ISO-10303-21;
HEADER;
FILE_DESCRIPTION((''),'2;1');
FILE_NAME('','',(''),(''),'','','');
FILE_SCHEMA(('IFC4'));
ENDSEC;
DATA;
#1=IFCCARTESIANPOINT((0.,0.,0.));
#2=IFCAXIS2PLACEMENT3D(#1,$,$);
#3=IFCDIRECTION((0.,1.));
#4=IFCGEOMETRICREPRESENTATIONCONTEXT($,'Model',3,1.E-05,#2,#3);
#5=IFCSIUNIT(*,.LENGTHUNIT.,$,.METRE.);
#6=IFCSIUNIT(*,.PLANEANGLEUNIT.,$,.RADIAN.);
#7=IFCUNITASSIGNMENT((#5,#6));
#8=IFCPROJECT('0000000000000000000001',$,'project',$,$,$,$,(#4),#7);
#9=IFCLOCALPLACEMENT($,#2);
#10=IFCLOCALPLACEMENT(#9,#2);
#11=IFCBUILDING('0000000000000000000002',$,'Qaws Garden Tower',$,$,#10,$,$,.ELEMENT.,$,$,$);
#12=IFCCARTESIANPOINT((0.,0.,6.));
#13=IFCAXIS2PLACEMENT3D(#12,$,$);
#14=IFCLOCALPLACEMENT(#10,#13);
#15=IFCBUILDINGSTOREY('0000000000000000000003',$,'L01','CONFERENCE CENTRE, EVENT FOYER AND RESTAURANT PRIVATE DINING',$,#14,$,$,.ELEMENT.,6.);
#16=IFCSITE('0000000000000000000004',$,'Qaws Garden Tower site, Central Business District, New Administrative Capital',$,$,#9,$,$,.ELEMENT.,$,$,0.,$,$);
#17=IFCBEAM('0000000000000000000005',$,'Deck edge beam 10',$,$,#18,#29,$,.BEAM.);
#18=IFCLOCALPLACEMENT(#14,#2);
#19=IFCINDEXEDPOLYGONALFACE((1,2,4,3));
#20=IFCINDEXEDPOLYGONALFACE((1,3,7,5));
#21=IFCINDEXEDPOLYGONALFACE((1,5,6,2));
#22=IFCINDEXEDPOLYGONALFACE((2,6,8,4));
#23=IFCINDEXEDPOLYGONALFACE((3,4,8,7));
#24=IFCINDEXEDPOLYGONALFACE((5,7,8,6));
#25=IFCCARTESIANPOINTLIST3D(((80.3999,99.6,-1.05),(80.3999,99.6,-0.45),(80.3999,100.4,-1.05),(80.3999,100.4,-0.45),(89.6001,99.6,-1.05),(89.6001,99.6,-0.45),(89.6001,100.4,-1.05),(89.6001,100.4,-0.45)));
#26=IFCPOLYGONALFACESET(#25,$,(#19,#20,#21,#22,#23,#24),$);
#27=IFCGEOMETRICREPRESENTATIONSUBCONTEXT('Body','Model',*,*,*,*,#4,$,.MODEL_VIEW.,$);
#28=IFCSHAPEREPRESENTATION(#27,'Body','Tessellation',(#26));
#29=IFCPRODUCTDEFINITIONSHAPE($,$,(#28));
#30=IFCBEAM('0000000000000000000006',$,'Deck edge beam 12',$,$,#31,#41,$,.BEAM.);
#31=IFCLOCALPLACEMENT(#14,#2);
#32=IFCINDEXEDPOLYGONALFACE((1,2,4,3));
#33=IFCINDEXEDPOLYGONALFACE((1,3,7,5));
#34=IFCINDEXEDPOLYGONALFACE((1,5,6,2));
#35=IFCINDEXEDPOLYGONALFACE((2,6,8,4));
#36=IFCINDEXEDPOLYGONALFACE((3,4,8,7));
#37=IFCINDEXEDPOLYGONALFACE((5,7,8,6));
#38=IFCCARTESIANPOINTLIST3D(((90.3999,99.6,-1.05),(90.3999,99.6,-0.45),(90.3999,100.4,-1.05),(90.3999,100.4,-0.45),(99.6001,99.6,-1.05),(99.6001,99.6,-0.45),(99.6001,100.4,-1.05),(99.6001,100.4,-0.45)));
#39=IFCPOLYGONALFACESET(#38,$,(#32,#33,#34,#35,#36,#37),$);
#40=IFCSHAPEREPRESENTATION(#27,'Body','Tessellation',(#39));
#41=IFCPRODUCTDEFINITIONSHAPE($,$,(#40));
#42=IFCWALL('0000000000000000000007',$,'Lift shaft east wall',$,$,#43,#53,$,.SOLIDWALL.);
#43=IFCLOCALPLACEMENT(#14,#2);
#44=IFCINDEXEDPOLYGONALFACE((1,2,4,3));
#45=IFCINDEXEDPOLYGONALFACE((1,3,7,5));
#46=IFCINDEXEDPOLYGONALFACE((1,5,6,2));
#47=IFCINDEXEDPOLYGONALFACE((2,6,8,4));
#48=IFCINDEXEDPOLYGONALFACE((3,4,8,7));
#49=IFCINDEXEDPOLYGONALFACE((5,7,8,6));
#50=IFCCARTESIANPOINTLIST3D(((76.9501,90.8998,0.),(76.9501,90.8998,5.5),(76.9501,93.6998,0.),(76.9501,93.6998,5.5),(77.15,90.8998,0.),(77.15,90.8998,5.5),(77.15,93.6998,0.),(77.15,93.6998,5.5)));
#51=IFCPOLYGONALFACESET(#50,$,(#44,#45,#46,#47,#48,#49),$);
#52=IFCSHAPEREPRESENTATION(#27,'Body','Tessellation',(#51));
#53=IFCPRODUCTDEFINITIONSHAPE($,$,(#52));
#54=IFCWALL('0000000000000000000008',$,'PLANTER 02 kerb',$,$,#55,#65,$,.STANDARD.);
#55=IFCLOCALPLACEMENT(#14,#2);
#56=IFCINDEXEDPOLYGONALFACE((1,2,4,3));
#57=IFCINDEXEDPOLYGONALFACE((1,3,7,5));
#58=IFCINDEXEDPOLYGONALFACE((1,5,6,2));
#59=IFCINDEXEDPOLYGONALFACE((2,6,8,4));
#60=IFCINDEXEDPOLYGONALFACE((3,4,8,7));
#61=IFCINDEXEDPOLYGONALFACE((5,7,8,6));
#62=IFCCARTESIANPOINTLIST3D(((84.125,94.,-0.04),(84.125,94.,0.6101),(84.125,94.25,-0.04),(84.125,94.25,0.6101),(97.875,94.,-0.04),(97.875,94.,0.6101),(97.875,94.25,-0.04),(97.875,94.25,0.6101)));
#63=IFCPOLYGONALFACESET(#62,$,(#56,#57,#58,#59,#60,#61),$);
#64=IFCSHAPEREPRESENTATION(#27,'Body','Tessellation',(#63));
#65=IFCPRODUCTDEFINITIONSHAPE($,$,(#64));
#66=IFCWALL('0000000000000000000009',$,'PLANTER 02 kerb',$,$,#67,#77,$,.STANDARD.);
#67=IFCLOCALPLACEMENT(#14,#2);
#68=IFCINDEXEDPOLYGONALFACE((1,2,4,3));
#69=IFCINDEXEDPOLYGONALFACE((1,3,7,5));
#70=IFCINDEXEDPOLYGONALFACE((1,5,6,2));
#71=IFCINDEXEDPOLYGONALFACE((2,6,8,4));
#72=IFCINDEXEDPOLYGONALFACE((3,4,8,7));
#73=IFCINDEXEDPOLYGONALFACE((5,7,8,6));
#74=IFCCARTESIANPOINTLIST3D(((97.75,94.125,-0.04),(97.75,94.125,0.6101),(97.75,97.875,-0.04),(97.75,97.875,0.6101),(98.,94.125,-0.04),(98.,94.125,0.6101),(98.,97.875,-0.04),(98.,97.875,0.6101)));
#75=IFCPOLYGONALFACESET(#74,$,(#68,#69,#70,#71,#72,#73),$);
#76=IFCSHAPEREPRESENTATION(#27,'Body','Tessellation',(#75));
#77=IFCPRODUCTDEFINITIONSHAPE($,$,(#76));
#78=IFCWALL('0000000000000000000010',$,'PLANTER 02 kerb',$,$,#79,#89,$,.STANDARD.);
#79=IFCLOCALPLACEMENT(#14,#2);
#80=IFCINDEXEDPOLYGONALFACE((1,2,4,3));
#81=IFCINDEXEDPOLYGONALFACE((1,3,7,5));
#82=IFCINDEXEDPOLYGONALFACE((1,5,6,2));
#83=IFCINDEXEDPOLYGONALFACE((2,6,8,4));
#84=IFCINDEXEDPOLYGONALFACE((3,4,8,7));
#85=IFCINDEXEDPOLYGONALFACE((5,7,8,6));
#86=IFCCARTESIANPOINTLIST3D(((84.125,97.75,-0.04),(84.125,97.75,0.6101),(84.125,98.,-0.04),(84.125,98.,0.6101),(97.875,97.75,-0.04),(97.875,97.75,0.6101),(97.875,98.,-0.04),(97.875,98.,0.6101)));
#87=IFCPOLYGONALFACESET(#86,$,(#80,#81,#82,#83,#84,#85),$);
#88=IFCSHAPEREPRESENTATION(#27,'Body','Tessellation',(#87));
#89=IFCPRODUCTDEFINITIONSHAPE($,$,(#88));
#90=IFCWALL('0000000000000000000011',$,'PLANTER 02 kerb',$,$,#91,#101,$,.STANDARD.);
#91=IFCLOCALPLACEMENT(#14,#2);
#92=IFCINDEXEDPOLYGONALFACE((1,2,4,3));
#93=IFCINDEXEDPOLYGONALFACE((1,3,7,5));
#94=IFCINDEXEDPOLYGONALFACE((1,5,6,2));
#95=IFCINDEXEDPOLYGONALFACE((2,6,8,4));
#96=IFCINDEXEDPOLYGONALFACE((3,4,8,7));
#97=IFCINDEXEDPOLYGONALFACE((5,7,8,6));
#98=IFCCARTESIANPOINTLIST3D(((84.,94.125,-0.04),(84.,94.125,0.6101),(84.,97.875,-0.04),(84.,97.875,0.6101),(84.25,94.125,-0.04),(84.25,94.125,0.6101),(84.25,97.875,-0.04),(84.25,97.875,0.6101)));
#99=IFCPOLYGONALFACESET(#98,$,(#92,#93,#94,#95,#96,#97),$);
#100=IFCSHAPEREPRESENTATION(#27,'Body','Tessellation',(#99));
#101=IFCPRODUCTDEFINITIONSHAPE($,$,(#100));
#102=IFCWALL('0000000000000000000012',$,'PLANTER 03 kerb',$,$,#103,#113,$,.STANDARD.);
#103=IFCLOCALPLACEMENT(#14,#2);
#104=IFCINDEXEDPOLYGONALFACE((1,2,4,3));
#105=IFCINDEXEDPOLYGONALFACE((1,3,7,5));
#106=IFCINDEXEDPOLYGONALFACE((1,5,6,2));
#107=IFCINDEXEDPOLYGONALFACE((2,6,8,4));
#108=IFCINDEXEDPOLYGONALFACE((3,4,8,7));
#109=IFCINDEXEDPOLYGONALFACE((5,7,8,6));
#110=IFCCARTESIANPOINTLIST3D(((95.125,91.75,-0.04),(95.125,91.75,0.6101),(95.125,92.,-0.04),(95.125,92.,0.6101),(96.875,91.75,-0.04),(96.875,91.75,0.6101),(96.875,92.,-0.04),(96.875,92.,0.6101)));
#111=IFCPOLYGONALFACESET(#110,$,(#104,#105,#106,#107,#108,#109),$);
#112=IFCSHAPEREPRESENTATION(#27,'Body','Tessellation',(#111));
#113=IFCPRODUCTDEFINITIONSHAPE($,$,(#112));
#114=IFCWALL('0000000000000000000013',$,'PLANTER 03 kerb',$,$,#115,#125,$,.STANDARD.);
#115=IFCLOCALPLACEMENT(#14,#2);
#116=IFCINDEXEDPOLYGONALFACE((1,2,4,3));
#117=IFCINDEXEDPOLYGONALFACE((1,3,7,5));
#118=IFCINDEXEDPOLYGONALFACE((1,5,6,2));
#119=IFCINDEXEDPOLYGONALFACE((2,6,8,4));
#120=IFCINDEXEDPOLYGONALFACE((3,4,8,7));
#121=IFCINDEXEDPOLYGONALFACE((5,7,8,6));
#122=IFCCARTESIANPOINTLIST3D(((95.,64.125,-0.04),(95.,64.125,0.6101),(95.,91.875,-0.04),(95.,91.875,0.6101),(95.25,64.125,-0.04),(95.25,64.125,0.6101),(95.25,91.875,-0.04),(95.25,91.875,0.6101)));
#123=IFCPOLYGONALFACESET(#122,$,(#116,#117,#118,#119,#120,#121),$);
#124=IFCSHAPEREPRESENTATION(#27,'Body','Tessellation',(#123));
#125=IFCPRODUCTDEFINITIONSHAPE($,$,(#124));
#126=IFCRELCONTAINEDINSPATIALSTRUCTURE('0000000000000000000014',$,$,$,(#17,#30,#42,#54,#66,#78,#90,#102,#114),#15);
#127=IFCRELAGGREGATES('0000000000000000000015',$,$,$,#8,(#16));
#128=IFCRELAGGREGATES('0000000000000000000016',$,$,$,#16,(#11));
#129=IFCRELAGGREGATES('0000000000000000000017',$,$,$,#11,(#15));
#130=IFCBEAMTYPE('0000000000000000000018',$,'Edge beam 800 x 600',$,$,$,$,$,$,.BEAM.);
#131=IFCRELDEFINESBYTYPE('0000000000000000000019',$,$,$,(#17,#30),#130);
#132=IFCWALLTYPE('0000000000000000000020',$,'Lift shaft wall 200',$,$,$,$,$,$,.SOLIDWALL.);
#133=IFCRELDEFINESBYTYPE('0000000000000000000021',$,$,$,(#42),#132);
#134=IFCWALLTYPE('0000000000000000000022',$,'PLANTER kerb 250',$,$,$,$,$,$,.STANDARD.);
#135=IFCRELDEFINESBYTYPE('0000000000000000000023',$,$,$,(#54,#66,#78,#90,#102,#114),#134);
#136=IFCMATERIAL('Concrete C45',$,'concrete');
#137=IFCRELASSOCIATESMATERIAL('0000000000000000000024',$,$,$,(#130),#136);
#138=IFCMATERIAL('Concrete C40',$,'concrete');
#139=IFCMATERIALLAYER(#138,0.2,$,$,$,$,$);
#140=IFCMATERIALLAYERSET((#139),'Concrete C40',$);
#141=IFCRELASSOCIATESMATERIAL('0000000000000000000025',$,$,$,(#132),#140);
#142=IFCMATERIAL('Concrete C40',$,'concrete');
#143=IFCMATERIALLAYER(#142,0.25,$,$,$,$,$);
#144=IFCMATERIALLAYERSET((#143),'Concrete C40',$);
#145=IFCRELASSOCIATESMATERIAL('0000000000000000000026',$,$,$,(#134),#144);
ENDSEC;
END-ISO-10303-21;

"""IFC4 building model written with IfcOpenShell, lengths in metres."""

from ifc_helpers import new_model, si_unit, direction, frame, frame_2d, origin, origin_2d, place, context, subcontext, project, spatial, rectangle, extrude, material, layer, layer_set, material_profile, profile_set, type_object, element, save


model = new_model("IFC4")

# Units and contexts
model_context = context("Model", 3, precision=1e-05, world=origin(), true_north=direction((0.0, 1.0)))
body_context = subcontext(model_context, "Body", "Model", "MODEL_VIEW")
ifc_project = project(units=[si_unit("LENGTHUNIT", "METRE"), si_unit("PLANEANGLEUNIT", "RADIAN")], contexts=[model_context])

# Site, building, storey
site_placement = place(None, origin())
site = spatial("IfcSite", under=ifc_project, at=site_placement, Name="Qaws Garden Tower site, Central Business District, New Administrative Capital", CompositionType="ELEMENT", RefElevation=0.0)
building_placement = place(site_placement, origin())
building = spatial("IfcBuilding", under=site, at=building_placement, Name="Qaws Garden Tower", CompositionType="ELEMENT")
storey_placement = place(building_placement, frame((0.0, 0.0, 6.0)))
storey = spatial("IfcBuildingStorey", under=building, at=storey_placement, Name="L01", Description="CONFERENCE CENTRE, EVENT FOYER AND RESTAURANT PRIVATE DINING", CompositionType="ELEMENT", Elevation=6.0)

# Beams
ifc_material_1 = material(Name="Concrete C45", Category="concrete")
ifc_material_profile = material_profile(ifc_material_1, rectangle(XDim=0.8, YDim=0.6001, at=origin_2d()), Name="Edge beam 800 x 600")
ifc_profile_set = profile_set([ifc_material_profile], Name="Concrete C45")
beam_type = type_object("IfcBeamType", Name="Edge beam 800 x 600", PredefinedType="BEAM", material=ifc_profile_set)
for number, where, z_axis, x_axis, name in (
    (1, (80.3999, 100.0, -0.75), (1.0, 0.0, 0.0), (0.0, 1.0, 0.0), "Deck edge beam 10"),
    (2, (90.3999, 100.0, -0.75), (1.0, 0.0, 0.0), (0.0, 1.0, 0.0), "Deck edge beam 12"),
):
    element("IfcBeam", number, at=place(storey_placement, frame(where, z_axis=z_axis, x_axis=x_axis)), inside=storey, type_object=beam_type, Name=name, PredefinedType="BEAM", context=body_context, shape_type="SweptSolid", body=[
        extrude(rectangle(XDim=0.8, YDim=0.6001, at=origin_2d()), origin(), (0.0, 0.0, 1.0), 9.2002),
    ])

# Walls
ifc_material_2 = material(Name="Concrete C40", Category="concrete")
ifc_layer_1 = layer(ifc_material_2, 0.2)
ifc_layer_set_1 = layer_set([ifc_layer_1], Name="Concrete C40")
wall_type_1 = type_object("IfcWallType", Name="Lift shaft wall 200", PredefinedType="SOLIDWALL", material=ifc_layer_set_1)
wall_1_placement = place(storey_placement, frame((77.05, 90.8999, 0.0), z_axis=(0.0, 0.0, 1.0), x_axis=(0.0, 1.0, 0.0)))
element("IfcWall", 3, at=wall_1_placement, inside=storey, type_object=wall_type_1, Name="Lift shaft east wall", PredefinedType="SOLIDWALL", context=body_context, shape_type="SweptSolid", body=[
    extrude(rectangle(XDim=2.8, YDim=0.2, at=frame_2d((1.3999, 0.0))), origin(), (0.0, 0.0, 1.0), 5.5),
])
ifc_material_3 = material(Name="Concrete C40", Category="concrete")
ifc_layer_2 = layer(ifc_material_3, 0.25)
ifc_layer_set_2 = layer_set([ifc_layer_2], Name="Concrete C40")
wall_type_2 = type_object("IfcWallType", Name="PLANTER kerb 250", PredefinedType="STANDARD", material=ifc_layer_set_2)
wall_2_placement = place(storey_placement, frame((84.125, 94.125, -0.04), z_axis=(0.0, 0.0, 1.0), x_axis=(1.0, 0.0, 0.0)))
element("IfcWall", 4, at=wall_2_placement, inside=storey, type_object=wall_type_2, Name="PLANTER 02 kerb", PredefinedType="STANDARD", context=body_context, shape_type="SweptSolid", body=[
    extrude(rectangle(XDim=13.75, YDim=0.25, at=frame_2d((6.875, 0.0))), origin(), (0.0, 0.0, 1.0), 0.6501),
])
wall_3_placement = place(storey_placement, frame((97.875, 94.125, -0.04), z_axis=(0.0, 0.0, 1.0), x_axis=(0.0, 1.0, 0.0)))
element("IfcWall", 5, at=wall_3_placement, inside=storey, type_object=wall_type_2, Name="PLANTER 02 kerb", PredefinedType="STANDARD", context=body_context, shape_type="SweptSolid", body=[
    extrude(rectangle(XDim=3.75, YDim=0.25, at=frame_2d((1.875, 0.0))), origin(), (0.0, 0.0, 1.0), 0.6501),
])
wall_4_placement = place(storey_placement, frame((97.875, 97.875, -0.04), z_axis=(0.0, 0.0, 1.0), x_axis=(-1.0, 0.0, 0.0)))
element("IfcWall", 6, at=wall_4_placement, inside=storey, type_object=wall_type_2, Name="PLANTER 02 kerb", PredefinedType="STANDARD", context=body_context, shape_type="SweptSolid", body=[
    extrude(rectangle(XDim=13.75, YDim=0.25, at=frame_2d((6.875, 0.0))), origin(), (0.0, 0.0, 1.0), 0.6501),
])
wall_5_placement = place(storey_placement, frame((84.125, 97.875, -0.04), z_axis=(0.0, 0.0, 1.0), x_axis=(0.0, -1.0, 0.0)))
element("IfcWall", 7, at=wall_5_placement, inside=storey, type_object=wall_type_2, Name="PLANTER 02 kerb", PredefinedType="STANDARD", context=body_context, shape_type="SweptSolid", body=[
    extrude(rectangle(XDim=3.75, YDim=0.25, at=frame_2d((1.875, 0.0))), origin(), (0.0, 0.0, 1.0), 0.6501),
])
wall_6_placement = place(storey_placement, frame((96.875, 91.875, -0.04), z_axis=(0.0, 0.0, 1.0), x_axis=(-1.0, 0.0, 0.0)))
element("IfcWall", 8, at=wall_6_placement, inside=storey, type_object=wall_type_2, Name="PLANTER 03 kerb", PredefinedType="STANDARD", context=body_context, shape_type="SweptSolid", body=[
    extrude(rectangle(XDim=1.75, YDim=0.25, at=frame_2d((0.875, 0.0))), origin(), (0.0, 0.0, 1.0), 0.6501),
])
wall_7_placement = place(storey_placement, frame((95.125, 91.875, -0.04), z_axis=(0.0, 0.0, 1.0), x_axis=(0.0, -1.0, 0.0)))
element("IfcWall", 9, at=wall_7_placement, inside=storey, type_object=wall_type_2, Name="PLANTER 03 kerb", PredefinedType="STANDARD", context=body_context, shape_type="SweptSolid", body=[
    extrude(rectangle(XDim=27.75, YDim=0.25, at=frame_2d((13.875, 0.0))), origin(), (0.0, 0.0, 1.0), 0.6501),
])

save(model, "model.ifc")
